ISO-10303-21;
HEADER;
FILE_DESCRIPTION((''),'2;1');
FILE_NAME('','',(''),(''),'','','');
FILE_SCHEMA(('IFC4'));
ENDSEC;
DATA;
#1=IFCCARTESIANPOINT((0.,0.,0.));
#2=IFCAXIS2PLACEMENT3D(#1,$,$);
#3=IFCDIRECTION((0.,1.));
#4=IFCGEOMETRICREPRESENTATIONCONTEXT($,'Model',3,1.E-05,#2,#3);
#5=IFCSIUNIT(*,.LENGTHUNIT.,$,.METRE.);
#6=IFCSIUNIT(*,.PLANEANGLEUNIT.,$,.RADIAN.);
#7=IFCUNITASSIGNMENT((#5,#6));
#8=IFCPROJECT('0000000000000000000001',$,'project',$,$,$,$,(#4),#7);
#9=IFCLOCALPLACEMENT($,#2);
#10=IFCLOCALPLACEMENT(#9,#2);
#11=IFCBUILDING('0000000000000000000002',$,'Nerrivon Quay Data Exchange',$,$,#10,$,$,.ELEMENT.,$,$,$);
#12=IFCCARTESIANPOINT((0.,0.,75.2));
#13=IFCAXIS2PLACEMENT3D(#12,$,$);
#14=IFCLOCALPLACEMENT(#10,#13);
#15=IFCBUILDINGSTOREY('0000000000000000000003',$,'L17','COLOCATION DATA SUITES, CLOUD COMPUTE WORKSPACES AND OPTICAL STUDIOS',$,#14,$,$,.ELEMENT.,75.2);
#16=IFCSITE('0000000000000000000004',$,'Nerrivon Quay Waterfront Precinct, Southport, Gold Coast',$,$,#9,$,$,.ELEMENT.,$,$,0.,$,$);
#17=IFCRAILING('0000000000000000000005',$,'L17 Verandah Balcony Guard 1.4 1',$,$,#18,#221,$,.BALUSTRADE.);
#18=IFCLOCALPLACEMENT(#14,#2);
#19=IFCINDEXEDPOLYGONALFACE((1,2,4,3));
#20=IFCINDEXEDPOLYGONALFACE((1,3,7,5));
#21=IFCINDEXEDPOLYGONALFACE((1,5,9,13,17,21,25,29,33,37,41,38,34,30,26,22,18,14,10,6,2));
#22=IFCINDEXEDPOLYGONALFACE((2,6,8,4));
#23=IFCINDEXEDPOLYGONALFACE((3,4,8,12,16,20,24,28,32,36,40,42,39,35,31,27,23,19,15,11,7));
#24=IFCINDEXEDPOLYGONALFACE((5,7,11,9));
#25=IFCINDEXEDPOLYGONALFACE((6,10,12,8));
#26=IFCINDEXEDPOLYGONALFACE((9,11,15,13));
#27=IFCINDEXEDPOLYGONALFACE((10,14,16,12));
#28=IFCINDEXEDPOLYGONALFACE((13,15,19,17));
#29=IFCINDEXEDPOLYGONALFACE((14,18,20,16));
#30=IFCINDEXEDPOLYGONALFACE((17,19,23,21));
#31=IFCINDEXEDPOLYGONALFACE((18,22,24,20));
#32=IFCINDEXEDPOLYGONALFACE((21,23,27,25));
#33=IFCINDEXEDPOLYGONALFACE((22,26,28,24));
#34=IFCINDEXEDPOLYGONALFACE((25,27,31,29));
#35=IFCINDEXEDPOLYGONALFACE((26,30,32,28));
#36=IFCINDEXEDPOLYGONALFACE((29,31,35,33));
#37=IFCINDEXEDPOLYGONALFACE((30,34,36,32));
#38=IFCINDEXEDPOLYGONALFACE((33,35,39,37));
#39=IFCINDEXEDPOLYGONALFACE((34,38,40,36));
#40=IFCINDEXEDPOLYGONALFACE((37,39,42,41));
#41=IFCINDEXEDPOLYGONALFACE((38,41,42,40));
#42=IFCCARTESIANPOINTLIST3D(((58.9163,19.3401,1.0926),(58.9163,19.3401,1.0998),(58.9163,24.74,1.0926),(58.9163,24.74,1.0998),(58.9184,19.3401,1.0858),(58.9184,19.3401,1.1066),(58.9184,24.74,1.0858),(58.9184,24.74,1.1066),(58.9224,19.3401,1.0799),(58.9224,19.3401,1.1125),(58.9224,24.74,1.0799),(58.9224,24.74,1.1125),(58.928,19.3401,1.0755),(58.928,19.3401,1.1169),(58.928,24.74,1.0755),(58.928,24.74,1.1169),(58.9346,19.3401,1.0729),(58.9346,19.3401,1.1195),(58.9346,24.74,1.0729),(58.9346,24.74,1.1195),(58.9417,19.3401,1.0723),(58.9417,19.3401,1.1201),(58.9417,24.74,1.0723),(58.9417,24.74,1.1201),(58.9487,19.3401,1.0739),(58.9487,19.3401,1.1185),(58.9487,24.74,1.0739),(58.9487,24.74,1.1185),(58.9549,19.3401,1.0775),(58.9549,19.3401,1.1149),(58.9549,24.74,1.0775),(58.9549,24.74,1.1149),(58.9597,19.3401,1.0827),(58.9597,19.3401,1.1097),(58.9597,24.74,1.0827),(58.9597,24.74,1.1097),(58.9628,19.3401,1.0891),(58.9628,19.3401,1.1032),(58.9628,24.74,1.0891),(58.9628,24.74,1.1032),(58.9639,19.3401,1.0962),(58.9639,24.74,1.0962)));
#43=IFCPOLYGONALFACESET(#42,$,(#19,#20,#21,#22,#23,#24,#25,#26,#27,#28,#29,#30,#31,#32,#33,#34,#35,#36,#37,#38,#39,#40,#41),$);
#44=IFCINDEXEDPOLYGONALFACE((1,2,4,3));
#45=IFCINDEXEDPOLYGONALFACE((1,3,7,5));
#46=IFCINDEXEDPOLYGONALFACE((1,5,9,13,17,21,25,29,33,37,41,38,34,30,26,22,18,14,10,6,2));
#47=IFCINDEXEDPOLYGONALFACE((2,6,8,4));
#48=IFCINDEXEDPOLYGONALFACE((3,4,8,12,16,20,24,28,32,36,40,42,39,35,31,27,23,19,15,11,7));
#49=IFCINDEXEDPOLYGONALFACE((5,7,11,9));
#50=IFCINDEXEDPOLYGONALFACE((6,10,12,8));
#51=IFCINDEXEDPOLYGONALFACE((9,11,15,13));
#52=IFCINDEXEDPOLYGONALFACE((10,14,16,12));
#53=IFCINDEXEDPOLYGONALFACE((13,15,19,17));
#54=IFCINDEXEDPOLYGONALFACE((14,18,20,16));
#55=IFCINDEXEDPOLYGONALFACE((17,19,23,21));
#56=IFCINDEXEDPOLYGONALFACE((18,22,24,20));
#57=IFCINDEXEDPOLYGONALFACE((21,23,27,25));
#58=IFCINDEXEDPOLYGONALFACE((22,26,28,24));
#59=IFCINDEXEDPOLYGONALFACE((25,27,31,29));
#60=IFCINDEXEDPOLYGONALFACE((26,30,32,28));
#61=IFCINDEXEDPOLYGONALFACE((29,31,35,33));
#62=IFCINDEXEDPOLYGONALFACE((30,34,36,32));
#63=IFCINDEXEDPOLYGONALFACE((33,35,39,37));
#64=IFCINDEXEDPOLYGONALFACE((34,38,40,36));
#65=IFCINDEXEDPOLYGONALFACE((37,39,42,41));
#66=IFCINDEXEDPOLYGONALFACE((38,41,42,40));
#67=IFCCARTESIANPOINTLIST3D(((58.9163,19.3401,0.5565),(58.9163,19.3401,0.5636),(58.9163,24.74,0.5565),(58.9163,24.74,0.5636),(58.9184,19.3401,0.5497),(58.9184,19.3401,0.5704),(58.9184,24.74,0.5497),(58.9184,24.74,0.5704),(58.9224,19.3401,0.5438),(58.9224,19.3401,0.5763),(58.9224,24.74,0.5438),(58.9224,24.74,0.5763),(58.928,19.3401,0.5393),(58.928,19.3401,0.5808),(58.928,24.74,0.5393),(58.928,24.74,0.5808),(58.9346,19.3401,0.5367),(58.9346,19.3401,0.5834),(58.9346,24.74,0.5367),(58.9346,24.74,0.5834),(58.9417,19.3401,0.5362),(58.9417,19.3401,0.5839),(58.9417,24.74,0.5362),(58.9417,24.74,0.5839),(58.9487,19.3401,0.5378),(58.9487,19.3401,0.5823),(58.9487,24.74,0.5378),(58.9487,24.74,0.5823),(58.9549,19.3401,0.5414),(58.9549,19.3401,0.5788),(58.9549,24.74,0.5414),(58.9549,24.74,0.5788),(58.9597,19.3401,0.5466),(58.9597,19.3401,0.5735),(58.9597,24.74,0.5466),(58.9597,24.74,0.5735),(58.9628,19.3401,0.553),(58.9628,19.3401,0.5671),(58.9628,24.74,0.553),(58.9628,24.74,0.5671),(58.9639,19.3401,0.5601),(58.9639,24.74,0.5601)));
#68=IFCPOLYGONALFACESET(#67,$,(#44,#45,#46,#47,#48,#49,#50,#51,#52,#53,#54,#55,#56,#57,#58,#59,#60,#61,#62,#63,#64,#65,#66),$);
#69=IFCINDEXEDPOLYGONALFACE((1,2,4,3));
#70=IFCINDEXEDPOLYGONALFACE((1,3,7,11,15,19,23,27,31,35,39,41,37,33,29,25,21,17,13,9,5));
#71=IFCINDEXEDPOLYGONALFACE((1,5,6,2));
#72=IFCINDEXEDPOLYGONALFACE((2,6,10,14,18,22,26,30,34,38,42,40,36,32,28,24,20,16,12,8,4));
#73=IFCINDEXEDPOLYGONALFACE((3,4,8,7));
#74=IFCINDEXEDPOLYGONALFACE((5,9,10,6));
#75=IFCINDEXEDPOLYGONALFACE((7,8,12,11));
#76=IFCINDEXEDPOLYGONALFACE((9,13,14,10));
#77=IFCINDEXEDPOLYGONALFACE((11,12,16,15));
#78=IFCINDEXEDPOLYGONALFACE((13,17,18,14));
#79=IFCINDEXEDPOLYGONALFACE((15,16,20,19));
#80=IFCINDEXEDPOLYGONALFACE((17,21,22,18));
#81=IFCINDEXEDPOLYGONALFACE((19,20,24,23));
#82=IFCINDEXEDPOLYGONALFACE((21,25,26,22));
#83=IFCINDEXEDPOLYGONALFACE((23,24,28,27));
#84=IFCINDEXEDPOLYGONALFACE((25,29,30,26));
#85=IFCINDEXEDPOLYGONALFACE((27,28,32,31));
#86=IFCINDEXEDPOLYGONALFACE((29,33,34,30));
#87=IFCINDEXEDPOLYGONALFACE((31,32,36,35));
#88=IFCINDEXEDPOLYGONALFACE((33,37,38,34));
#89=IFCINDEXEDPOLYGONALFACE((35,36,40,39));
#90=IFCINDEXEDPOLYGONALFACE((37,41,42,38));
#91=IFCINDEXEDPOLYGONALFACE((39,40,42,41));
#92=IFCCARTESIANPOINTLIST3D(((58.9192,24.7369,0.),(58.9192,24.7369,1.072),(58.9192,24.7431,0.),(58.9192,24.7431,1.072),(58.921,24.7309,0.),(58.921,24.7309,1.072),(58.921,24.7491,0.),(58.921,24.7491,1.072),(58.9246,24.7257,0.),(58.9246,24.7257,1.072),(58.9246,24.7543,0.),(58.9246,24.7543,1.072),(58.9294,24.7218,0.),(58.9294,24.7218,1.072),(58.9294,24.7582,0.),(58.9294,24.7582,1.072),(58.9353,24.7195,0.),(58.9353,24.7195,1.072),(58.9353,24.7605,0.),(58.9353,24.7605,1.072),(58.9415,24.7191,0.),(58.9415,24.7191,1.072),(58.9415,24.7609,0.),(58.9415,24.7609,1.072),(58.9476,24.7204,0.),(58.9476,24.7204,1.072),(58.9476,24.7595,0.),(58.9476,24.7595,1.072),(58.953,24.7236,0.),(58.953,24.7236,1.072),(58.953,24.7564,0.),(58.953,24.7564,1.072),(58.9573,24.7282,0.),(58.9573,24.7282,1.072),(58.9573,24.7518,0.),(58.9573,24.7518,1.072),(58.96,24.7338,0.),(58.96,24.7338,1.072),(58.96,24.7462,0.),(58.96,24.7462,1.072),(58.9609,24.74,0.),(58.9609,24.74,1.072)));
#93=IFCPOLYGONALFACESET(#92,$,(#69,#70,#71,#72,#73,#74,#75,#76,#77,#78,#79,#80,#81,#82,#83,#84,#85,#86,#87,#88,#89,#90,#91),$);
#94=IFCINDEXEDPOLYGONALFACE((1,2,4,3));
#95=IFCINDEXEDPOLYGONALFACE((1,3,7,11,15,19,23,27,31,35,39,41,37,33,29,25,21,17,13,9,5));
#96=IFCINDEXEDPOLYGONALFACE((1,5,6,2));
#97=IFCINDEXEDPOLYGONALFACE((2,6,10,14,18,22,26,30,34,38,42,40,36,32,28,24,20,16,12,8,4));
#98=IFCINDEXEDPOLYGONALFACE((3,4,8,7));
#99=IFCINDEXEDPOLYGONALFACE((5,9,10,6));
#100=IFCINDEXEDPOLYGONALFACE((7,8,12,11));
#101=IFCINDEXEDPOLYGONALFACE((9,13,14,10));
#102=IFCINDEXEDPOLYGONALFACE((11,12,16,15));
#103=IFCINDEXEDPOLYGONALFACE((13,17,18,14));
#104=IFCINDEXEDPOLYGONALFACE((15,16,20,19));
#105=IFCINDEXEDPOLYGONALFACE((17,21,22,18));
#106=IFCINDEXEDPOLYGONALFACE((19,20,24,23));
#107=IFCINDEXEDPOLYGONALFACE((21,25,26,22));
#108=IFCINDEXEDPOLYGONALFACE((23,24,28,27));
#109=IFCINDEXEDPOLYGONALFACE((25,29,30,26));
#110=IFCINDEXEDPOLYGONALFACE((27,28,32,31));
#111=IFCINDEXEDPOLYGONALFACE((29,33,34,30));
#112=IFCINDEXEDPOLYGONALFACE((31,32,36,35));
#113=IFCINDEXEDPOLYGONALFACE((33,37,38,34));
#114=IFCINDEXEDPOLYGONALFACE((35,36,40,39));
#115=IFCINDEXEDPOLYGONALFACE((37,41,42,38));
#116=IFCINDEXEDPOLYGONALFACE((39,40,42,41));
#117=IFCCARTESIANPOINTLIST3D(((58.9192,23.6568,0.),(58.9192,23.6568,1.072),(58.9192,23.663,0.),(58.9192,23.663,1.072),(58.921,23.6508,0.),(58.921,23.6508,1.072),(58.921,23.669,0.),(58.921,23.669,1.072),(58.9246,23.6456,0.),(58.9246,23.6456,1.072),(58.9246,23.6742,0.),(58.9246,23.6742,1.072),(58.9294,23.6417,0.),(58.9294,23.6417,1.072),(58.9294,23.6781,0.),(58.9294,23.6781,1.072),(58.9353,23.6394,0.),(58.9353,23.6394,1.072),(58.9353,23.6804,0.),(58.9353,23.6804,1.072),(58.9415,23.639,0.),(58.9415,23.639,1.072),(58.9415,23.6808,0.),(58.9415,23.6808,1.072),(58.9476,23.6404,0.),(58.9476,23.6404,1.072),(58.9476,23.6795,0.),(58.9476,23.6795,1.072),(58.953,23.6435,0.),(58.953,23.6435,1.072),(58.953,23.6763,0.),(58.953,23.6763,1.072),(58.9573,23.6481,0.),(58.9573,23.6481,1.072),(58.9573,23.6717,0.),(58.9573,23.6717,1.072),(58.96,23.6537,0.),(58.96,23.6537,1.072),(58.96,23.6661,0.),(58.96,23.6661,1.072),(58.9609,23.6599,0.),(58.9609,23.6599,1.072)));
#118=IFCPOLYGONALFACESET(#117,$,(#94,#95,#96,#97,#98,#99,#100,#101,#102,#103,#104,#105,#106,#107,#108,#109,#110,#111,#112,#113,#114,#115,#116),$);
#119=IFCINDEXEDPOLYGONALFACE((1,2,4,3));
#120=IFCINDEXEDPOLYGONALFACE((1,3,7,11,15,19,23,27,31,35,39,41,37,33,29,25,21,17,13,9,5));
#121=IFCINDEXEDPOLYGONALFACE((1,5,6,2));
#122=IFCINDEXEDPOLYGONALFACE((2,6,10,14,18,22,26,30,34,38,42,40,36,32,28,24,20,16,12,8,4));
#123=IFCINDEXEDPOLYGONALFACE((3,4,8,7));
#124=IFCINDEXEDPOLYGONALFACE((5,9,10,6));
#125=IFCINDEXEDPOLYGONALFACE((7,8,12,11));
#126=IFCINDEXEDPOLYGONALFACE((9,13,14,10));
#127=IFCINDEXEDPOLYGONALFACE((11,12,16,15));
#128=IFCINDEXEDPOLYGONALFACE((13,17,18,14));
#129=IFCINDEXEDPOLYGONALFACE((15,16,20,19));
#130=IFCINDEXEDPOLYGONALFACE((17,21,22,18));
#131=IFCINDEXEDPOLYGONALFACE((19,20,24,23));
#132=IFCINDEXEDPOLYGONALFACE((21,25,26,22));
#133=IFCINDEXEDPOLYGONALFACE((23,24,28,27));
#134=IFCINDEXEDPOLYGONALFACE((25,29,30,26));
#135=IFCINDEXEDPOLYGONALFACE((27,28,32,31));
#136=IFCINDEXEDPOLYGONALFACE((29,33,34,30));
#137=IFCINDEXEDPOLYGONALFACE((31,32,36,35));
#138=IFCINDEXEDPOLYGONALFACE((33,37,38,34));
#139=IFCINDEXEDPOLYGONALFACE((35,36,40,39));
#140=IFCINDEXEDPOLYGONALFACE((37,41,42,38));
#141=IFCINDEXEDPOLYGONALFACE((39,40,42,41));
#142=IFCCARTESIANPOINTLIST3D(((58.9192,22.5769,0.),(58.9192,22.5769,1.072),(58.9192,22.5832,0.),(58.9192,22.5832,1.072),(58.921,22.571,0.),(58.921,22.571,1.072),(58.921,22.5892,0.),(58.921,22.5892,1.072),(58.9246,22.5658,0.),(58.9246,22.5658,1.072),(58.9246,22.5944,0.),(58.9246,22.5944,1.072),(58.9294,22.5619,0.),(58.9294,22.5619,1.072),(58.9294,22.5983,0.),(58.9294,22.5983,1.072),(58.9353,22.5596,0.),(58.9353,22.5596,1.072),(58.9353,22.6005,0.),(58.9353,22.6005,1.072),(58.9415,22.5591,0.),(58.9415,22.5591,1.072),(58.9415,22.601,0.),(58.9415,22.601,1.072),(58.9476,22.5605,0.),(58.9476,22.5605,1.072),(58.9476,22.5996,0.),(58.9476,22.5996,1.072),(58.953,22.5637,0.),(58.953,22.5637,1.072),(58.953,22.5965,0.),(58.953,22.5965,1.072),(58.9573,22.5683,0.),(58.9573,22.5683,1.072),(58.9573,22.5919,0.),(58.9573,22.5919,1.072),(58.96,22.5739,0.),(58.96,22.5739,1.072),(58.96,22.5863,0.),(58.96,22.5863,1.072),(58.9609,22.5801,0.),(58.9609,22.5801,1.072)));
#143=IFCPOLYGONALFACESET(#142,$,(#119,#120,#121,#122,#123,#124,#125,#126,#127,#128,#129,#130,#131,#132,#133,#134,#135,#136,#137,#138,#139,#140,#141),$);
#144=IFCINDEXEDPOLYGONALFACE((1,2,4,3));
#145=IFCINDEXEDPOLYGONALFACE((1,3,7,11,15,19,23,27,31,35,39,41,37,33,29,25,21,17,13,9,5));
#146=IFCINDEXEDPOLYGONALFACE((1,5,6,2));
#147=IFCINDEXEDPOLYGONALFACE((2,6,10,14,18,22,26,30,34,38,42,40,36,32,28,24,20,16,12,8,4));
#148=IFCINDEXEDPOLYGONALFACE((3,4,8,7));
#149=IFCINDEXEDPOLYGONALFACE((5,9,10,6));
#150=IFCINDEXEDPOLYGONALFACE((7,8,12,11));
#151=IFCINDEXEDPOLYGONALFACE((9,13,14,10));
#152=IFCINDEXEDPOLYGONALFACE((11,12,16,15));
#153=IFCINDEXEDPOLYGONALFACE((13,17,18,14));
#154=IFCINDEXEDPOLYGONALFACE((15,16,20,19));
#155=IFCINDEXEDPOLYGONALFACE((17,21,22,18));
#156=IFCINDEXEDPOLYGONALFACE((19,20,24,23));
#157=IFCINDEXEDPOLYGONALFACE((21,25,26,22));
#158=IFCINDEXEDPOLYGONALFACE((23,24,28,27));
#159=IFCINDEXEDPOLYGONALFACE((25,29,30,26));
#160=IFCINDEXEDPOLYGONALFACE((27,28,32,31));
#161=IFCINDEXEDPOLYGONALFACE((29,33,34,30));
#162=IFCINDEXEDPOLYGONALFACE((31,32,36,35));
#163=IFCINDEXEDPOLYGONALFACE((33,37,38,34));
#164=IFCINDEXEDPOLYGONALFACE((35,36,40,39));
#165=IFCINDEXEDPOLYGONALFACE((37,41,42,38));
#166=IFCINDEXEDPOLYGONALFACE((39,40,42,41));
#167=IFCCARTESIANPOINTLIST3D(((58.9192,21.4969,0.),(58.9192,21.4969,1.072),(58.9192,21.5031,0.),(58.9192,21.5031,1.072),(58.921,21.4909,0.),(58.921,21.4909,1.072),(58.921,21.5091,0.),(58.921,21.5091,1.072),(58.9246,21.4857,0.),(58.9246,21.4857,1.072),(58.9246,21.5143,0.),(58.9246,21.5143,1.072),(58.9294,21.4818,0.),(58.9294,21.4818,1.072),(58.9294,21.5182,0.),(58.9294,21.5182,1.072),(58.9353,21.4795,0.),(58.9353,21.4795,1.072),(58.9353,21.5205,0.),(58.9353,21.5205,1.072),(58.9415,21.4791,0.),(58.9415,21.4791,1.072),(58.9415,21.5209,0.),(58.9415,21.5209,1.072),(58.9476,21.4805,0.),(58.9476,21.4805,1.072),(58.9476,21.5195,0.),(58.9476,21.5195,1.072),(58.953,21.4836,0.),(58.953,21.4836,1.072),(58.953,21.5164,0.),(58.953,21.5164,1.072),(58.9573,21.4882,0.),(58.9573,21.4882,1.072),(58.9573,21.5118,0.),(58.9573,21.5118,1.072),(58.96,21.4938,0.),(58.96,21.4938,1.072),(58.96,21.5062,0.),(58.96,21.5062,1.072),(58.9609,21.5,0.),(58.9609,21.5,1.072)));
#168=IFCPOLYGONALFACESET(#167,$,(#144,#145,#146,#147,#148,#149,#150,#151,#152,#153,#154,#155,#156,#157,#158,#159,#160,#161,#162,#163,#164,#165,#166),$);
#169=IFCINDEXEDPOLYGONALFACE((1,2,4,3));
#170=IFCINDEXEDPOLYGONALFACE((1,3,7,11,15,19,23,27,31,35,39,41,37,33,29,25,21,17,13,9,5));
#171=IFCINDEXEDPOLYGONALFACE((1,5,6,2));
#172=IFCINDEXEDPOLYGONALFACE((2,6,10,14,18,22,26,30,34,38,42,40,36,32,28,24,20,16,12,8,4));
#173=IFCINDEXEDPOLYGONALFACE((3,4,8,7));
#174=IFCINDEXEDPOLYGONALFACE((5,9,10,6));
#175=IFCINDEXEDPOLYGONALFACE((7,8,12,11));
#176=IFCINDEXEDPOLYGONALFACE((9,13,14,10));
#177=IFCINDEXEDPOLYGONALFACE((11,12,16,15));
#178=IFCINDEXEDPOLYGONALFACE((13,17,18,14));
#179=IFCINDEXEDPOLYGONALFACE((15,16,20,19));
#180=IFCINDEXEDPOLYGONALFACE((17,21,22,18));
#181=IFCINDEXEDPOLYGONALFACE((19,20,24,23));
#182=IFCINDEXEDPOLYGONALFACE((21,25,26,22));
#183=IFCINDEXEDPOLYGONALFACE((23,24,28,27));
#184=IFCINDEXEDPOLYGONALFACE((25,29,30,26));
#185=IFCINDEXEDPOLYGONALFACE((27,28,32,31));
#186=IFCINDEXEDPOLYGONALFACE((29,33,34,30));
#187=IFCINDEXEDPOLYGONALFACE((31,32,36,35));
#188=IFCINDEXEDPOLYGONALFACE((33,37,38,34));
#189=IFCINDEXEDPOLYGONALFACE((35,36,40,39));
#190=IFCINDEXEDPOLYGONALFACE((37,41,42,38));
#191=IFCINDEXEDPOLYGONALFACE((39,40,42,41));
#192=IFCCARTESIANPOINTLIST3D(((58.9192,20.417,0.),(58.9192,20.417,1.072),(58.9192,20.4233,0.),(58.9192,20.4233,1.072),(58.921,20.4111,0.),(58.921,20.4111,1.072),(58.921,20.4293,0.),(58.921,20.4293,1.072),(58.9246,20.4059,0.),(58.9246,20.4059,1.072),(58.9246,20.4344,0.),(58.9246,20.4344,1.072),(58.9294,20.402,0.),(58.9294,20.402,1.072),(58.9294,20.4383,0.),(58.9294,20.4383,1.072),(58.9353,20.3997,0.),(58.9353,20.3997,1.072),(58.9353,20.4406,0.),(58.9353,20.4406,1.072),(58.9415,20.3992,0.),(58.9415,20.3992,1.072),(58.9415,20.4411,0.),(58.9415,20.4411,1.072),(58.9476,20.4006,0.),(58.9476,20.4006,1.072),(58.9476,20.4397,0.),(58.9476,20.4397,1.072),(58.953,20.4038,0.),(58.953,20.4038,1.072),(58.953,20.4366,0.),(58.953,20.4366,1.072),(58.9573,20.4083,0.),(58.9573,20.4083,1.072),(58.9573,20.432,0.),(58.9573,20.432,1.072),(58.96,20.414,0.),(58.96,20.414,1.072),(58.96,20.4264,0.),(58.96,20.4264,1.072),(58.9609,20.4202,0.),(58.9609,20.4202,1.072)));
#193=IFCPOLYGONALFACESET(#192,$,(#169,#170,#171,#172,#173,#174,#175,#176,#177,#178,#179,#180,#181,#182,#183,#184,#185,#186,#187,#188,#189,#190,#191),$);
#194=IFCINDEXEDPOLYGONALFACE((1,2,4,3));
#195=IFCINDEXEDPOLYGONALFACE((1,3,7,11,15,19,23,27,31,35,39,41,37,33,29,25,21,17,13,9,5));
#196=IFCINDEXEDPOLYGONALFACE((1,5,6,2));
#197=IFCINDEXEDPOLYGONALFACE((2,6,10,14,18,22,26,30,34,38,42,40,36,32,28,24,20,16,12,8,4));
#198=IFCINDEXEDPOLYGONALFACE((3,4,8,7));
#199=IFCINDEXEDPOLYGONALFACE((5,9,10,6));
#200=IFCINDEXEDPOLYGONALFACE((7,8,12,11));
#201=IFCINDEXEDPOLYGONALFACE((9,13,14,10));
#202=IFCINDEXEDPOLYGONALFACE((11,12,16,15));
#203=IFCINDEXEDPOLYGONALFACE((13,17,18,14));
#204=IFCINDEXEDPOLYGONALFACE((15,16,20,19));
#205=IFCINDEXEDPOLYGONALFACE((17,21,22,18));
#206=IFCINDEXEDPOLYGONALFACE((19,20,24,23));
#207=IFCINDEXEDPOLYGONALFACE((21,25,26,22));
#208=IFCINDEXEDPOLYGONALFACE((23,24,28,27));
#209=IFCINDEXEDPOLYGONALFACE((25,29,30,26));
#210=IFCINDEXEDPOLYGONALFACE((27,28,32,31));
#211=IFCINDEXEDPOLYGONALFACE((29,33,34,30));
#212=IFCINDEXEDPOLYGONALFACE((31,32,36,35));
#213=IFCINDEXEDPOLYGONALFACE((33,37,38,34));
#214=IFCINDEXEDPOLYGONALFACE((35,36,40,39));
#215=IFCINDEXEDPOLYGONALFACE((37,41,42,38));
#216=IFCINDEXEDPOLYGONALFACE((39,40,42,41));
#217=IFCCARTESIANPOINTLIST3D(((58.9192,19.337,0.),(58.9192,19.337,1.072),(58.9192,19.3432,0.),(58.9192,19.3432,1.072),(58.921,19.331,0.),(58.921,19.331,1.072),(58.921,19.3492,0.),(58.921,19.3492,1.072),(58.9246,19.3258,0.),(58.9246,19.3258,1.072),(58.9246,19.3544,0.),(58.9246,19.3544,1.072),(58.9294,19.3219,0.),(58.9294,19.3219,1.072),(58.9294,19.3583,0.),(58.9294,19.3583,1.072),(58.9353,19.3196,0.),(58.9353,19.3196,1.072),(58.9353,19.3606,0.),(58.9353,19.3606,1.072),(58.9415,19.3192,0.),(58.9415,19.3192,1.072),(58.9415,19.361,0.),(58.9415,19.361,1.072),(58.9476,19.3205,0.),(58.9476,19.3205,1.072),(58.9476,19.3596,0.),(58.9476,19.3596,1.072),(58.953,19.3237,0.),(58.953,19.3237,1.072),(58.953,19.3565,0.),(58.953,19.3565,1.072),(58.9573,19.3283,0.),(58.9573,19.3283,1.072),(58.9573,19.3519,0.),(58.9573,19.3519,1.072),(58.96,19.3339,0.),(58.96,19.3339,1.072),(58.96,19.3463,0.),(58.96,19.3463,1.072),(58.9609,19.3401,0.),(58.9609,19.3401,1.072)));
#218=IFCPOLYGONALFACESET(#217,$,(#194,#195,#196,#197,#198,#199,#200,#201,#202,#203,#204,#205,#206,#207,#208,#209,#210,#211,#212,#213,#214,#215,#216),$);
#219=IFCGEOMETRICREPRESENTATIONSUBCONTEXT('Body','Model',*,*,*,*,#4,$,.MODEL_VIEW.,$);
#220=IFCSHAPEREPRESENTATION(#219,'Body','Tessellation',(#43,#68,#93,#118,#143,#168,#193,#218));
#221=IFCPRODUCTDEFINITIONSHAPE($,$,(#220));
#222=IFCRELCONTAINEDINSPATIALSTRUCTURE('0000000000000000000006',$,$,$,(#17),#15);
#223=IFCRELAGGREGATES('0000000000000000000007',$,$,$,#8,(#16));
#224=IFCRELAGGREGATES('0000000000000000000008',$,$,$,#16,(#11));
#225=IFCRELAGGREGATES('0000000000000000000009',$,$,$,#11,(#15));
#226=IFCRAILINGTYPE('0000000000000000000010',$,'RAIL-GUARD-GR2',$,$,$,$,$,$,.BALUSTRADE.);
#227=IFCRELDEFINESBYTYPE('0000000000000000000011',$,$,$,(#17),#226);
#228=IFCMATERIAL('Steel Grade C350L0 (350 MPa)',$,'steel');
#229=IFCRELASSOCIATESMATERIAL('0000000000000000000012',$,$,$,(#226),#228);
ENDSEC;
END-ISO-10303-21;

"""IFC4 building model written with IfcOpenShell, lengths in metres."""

from ifc_helpers import new_model, si_unit, direction, frame, origin, origin_2d, place, context, subcontext, project, spatial, circle, extrude, material, type_object, element, save


model = new_model("IFC4")

# Units and contexts
model_context = context("Model", 3, precision=1e-05, world=origin(), true_north=direction((0.0, 1.0)))
body_context = subcontext(model_context, "Body", "Model", "MODEL_VIEW")
ifc_project = project(units=[si_unit("LENGTHUNIT", "METRE"), si_unit("PLANEANGLEUNIT", "RADIAN")], contexts=[model_context])

# Site, building, storey
site_placement = place(None, origin())
site = spatial("IfcSite", under=ifc_project, at=site_placement, Name="Nerrivon Quay Waterfront Precinct, Southport, Gold Coast", CompositionType="ELEMENT", RefElevation=0.0)
building_placement = place(site_placement, origin())
building = spatial("IfcBuilding", under=site, at=building_placement, Name="Nerrivon Quay Data Exchange", CompositionType="ELEMENT")
storey_placement = place(building_placement, frame((0.0, 0.0, 75.2)))
storey = spatial("IfcBuildingStorey", under=building, at=storey_placement, Name="L17", Description="COLOCATION DATA SUITES, CLOUD COMPUTE WORKSPACES AND OPTICAL STUDIOS", CompositionType="ELEMENT", Elevation=75.2)

# Railing
ifc_material_1 = material(Name="Steel Grade C350L0 (350 MPa)", Category="steel")
railing_type = type_object("IfcRailingType", Name="RAIL-GUARD-GR2", PredefinedType="BALUSTRADE", material=ifc_material_1)
railing_1_placement = place(storey_placement, frame((58.9399, 24.74, 0.0)))
element("IfcRailing", 1, at=railing_1_placement, inside=storey, type_object=railing_type, Name="L17 Verandah Balcony Guard 1.4 1", PredefinedType="BALUSTRADE", context=body_context, shape_type="SweptSolid", body=[
    extrude(circle(Radius=0.0239, at=origin_2d()), frame((0.0, 0.0, 1.0962), z_axis=(0.0, -1.0, 0.0), x_axis=(1.0, 0.0, 0.0)), (0.0, 0.0, 1.0), 5.3999),
    extrude(circle(Radius=0.0239, at=origin_2d()), frame((0.0, 0.0, 0.5601), z_axis=(0.0, -1.0, 0.0), x_axis=(1.0, 0.0, 0.0)), (0.0, 0.0, 1.0), 5.3999),
    extrude(circle(Radius=0.021, at=origin_2d()), origin(), (0.0, 0.0, 1.0), 1.072),
    extrude(circle(Radius=0.021, at=origin_2d()), frame((0.0, -1.0801, 0.0)), (0.0, 0.0, 1.0), 1.072),
    extrude(circle(Radius=0.021, at=origin_2d()), frame((0.0, -2.1599, 0.0)), (0.0, 0.0, 1.0), 1.072),
    extrude(circle(Radius=0.021, at=origin_2d()), frame((0.0, -3.24, 0.0)), (0.0, 0.0, 1.0), 1.072),
    extrude(circle(Radius=0.021, at=origin_2d()), frame((0.0, -4.3198, 0.0)), (0.0, 0.0, 1.0), 1.072),
    extrude(circle(Radius=0.021, at=origin_2d()), frame((0.0, -5.3999, 0.0)), (0.0, 0.0, 1.0), 1.072),
])

save(model, "model.ifc")
